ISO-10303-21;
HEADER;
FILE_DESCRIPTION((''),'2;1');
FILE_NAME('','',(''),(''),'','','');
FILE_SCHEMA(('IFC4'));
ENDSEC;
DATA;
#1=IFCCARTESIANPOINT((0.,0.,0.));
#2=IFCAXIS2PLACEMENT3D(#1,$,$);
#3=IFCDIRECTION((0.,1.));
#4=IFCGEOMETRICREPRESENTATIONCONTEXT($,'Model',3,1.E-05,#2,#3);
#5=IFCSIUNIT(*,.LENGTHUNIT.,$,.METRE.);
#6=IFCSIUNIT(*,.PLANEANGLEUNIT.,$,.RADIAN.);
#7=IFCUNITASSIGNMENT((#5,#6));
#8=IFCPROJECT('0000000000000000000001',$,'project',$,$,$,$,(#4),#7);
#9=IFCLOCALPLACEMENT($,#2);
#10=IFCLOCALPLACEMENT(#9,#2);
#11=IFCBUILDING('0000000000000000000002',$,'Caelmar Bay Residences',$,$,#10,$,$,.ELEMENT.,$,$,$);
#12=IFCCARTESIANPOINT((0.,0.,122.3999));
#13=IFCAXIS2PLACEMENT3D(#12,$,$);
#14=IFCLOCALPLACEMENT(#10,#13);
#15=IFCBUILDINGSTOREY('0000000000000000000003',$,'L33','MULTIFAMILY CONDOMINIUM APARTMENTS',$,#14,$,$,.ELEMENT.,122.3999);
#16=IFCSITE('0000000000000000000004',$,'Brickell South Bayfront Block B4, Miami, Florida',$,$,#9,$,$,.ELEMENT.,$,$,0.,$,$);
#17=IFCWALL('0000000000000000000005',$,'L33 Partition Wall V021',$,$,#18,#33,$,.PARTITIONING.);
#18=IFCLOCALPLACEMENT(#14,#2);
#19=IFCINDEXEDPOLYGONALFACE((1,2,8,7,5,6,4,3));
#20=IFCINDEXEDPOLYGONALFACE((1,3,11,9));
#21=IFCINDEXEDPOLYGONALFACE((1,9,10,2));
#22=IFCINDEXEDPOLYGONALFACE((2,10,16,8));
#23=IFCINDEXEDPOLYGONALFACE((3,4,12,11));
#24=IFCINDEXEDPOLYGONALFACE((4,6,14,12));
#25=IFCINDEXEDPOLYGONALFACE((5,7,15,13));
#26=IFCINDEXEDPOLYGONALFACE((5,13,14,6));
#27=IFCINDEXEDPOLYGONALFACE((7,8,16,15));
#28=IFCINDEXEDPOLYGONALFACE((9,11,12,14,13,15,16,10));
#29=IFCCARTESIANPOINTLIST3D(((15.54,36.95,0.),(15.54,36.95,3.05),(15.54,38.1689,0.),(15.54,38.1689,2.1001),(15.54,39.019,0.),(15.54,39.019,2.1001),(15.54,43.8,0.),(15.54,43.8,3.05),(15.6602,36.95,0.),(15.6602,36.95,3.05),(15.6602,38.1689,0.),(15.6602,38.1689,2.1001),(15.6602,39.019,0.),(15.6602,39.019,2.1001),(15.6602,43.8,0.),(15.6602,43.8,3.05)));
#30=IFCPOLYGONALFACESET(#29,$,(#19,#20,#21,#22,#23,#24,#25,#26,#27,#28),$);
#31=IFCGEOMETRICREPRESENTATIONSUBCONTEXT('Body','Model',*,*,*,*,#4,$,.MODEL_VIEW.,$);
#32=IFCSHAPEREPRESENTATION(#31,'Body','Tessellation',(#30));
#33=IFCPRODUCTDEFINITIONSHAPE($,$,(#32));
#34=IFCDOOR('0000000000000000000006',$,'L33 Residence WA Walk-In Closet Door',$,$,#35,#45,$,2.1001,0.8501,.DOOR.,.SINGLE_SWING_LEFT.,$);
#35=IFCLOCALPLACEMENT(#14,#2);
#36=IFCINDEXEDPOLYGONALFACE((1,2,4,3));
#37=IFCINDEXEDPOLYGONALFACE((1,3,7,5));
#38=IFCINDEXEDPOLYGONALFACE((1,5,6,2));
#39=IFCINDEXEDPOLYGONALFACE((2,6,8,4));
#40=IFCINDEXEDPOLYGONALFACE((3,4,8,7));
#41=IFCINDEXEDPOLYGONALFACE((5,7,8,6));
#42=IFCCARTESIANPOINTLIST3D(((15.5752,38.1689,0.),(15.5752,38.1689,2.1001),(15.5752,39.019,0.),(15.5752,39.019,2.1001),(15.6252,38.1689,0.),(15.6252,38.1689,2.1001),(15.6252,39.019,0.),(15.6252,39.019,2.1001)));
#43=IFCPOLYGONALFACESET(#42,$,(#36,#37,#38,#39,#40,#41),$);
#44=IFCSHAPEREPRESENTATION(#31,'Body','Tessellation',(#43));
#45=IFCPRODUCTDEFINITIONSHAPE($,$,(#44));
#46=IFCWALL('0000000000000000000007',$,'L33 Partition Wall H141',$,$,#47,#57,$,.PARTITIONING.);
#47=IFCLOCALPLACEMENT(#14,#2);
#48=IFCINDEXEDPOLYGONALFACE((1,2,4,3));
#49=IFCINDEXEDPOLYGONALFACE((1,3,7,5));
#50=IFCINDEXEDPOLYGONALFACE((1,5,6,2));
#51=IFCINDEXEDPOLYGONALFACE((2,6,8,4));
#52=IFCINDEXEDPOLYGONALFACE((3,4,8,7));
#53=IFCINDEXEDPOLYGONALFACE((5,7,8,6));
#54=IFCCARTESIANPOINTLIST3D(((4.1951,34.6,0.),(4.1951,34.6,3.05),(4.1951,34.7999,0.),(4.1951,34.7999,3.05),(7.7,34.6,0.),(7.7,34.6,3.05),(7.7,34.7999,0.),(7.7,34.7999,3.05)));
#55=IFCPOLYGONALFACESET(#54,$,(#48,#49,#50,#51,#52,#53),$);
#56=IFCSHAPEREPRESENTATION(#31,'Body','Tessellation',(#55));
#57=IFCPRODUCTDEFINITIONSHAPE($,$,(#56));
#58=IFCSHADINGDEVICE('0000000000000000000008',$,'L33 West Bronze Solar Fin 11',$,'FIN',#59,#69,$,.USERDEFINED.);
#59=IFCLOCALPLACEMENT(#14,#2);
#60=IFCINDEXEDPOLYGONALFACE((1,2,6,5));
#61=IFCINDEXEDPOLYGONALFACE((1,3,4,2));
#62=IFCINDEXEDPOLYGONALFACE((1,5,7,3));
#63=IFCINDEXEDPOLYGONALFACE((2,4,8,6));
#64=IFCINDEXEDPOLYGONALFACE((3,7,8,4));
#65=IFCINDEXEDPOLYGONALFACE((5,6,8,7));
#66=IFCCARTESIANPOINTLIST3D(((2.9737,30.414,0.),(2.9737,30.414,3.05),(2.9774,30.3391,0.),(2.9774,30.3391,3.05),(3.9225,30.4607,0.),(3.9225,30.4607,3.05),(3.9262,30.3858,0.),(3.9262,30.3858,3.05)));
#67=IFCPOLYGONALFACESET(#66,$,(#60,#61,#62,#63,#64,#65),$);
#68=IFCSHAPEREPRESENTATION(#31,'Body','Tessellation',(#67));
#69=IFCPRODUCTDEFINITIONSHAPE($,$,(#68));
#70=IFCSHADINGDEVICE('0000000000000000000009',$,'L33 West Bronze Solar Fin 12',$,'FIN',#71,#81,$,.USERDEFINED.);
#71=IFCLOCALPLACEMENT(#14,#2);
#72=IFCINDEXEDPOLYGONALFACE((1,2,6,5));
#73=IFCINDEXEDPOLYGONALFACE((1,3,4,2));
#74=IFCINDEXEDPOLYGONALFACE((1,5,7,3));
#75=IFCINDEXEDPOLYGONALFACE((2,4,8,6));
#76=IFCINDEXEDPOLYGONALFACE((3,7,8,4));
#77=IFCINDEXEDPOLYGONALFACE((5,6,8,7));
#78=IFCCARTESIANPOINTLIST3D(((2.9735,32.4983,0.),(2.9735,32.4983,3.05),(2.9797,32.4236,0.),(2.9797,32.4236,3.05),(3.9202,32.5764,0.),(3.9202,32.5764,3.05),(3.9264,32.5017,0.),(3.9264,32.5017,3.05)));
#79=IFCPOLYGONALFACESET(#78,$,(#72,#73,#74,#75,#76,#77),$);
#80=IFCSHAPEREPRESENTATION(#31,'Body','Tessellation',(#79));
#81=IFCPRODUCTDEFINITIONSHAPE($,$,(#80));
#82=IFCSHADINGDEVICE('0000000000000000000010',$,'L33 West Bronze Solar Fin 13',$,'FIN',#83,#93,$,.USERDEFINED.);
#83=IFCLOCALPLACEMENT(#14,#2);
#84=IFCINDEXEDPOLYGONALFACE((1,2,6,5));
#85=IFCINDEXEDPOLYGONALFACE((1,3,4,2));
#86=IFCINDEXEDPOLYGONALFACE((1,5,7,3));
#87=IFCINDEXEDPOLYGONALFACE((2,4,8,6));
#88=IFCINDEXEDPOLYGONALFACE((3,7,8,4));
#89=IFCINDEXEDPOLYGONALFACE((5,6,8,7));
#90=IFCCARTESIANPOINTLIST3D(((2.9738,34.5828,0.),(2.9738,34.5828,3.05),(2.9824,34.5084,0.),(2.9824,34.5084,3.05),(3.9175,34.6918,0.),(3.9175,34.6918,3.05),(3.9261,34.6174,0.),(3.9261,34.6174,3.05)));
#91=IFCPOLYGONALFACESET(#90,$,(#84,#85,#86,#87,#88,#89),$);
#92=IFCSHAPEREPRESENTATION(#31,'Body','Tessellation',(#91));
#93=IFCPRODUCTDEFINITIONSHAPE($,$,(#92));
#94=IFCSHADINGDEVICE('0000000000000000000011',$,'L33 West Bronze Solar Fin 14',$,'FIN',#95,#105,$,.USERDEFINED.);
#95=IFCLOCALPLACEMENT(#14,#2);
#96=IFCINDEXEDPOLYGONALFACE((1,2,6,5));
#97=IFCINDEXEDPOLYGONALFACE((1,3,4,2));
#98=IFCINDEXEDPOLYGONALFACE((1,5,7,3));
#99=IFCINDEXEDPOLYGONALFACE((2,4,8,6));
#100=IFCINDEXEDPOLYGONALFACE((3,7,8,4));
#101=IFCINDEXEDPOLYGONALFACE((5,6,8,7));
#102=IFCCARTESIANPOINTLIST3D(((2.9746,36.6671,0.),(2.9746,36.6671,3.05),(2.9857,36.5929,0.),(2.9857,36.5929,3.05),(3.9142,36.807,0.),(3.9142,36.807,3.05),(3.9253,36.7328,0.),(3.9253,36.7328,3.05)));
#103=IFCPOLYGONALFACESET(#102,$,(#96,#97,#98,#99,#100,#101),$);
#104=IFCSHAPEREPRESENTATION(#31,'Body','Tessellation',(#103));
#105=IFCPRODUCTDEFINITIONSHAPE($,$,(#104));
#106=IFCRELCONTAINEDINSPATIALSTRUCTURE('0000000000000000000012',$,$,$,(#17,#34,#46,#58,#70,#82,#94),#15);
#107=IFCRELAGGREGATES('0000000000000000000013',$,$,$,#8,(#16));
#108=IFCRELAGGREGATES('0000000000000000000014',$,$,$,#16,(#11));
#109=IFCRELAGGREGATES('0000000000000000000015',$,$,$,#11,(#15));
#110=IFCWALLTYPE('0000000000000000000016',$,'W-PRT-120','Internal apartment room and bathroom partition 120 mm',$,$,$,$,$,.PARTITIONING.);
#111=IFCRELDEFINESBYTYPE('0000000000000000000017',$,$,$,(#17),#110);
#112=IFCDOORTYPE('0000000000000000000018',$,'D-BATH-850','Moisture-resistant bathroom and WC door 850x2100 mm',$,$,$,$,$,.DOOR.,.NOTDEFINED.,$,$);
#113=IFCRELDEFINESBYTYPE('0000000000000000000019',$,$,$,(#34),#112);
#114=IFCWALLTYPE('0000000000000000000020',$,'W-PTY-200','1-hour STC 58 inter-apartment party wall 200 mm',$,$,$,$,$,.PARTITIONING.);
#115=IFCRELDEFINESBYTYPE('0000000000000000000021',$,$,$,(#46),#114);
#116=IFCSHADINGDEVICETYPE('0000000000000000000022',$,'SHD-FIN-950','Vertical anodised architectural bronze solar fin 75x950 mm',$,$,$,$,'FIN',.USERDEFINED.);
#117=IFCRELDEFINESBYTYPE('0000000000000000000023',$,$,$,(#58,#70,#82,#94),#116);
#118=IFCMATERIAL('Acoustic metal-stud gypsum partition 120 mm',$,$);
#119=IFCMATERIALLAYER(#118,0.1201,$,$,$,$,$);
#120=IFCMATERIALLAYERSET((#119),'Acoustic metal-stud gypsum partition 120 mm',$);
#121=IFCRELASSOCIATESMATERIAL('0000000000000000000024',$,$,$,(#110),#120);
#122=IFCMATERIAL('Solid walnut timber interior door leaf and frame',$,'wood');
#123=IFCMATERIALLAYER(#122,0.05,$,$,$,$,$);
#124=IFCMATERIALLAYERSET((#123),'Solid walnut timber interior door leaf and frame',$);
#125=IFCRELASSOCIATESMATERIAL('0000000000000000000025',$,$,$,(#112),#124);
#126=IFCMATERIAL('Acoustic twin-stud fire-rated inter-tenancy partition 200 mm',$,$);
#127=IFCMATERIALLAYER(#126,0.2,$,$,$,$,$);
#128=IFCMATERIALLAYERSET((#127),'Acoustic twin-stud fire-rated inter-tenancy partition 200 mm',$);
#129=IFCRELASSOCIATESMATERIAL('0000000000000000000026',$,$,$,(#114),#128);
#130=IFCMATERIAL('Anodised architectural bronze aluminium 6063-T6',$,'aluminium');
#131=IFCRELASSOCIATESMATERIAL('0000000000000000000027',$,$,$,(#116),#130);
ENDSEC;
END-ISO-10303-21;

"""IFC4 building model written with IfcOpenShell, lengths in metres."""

from ifc_helpers import new_model, si_unit, direction, frame, frame_2d, origin, origin_2d, place, context, subcontext, project, spatial, rectangle, extrude, material, layer, layer_set, material_profile, profile_set, type_object, element, fill, save


model = new_model("IFC4")

# Units and contexts
model_context = context("Model", 3, precision=1e-05, world=origin(), true_north=direction((0.0, 1.0)))
body_context = subcontext(model_context, "Body", "Model", "MODEL_VIEW")
ifc_project = project(units=[si_unit("LENGTHUNIT", "METRE"), si_unit("PLANEANGLEUNIT", "RADIAN")], contexts=[model_context])

# Site, building, storey
site_placement = place(None, origin())
site = spatial("IfcSite", under=ifc_project, at=site_placement, Name="Brickell South Bayfront Block B4, Miami, Florida", CompositionType="ELEMENT", RefElevation=0.0)
building_placement = place(site_placement, origin())
building = spatial("IfcBuilding", under=site, at=building_placement, Name="Caelmar Bay Residences", CompositionType="ELEMENT")
storey_placement = place(building_placement, frame((0.0, 0.0, 122.3999)))
storey = spatial("IfcBuildingStorey", under=building, at=storey_placement, Name="L33", Description="MULTIFAMILY CONDOMINIUM APARTMENTS", CompositionType="ELEMENT", Elevation=122.3999)

# Wall, opening, door
ifc_material_1 = material(Name="Acoustic metal-stud gypsum partition 120 mm")
ifc_layer_1 = layer(ifc_material_1, 0.1201)
ifc_layer_set_1 = layer_set([ifc_layer_1], Name="Acoustic metal-stud gypsum partition 120 mm")
wall_type_1 = type_object("IfcWallType", Name="W-PRT-120", Description="Internal apartment room and bathroom partition 120 mm", PredefinedType="PARTITIONING", material=ifc_layer_set_1)
ifc_material_2 = material(Name="Solid walnut timber interior door leaf and frame", Category="wood")
wall_1_placement = place(storey_placement, frame((15.6001, 36.95, 0.0), z_axis=(0.0, 0.0, 1.0), x_axis=(0.0, 1.0, 0.0)))
wall_1 = element("IfcWall", 1, at=wall_1_placement, inside=storey, type_object=wall_type_1, Name="L33 Partition Wall V021", PredefinedType="PARTITIONING", context=body_context, shape_type="SweptSolid", body=[
    extrude(rectangle(XDim=6.8501, YDim=0.1201, at=frame_2d((3.425, 0.0))), origin(), (0.0, 0.0, 1.0), 3.05),
])
opening_1_placement = place(wall_1_placement, frame((1.219, 0.0, 0.0)))
opening_1 = element("IfcOpeningElement", 2, at=opening_1_placement, cuts=wall_1, PredefinedType="OPENING", context=body_context, shape_type="SweptSolid", body=[
    extrude(rectangle(XDim=0.8501, YDim=2.1001, at=frame_2d((0.425, 1.05))), frame((0.0, 0.0701, 0.0), z_axis=(0.0, -1.0, 0.0), x_axis=(1.0, 0.0, 0.0)), (0.0, 0.0, 1.0), 0.1401),
])
ifc_layer_2 = layer(ifc_material_2, 0.05)
ifc_layer_set_2 = layer_set([ifc_layer_2], Name="Solid walnut timber interior door leaf and frame")
door_type_1 = type_object("IfcDoorType", Name="D-BATH-850", Description="Moisture-resistant bathroom and WC door 850x2100 mm", OperationType="NOTDEFINED", PredefinedType="DOOR", material=ifc_layer_set_2)
door_1_placement = place(opening_1_placement, origin())
door_1 = element("IfcDoor", 3, at=door_1_placement, inside=storey, type_object=door_type_1, Name="L33 Residence WA Walk-In Closet Door", OperationType="SINGLE_SWING_LEFT", OverallHeight=2.1001, OverallWidth=0.8501, PredefinedType="DOOR", context=body_context, shape_type="SweptSolid", body=[
    extrude(rectangle(XDim=0.8501, YDim=2.1001, at=frame_2d((0.425, 1.05))), frame((0.0, 0.0249, 0.0), z_axis=(0.0, -1.0, 0.0), x_axis=(1.0, 0.0, 0.0)), (0.0, 0.0, 1.0), 0.05),
])
fill(opening_1, door_1)

# Wall
ifc_material_3 = material(Name="Acoustic twin-stud fire-rated inter-tenancy partition 200 mm")
ifc_layer_3 = layer(ifc_material_3, 0.2)
ifc_layer_set_3 = layer_set([ifc_layer_3], Name="Acoustic twin-stud fire-rated inter-tenancy partition 200 mm")
wall_type_2 = type_object("IfcWallType", Name="W-PTY-200", Description="1-hour STC 58 inter-apartment party wall 200 mm", PredefinedType="PARTITIONING", material=ifc_layer_set_3)
wall_2_placement = place(storey_placement, frame((4.1951, 34.7, 0.0), z_axis=(0.0, 0.0, 1.0), x_axis=(1.0, 0.0, 0.0)))
element("IfcWall", 4, at=wall_2_placement, inside=storey, type_object=wall_type_2, Name="L33 Partition Wall H141", PredefinedType="PARTITIONING", context=body_context, shape_type="SweptSolid", body=[
    extrude(rectangle(XDim=3.5049, YDim=0.2, at=frame_2d((1.7524, 0.0))), origin(), (0.0, 0.0, 1.0), 3.05),
])

# Shading devices
ifc_material_4 = material(Name="Anodised architectural bronze aluminium 6063-T6", Category="aluminium")
ifc_material_profile_1 = material_profile(ifc_material_4, rectangle(XDim=0.075, YDim=0.95, at=origin_2d()), Name="BRONZE-FIN-75X950")
ifc_profile_set_1 = profile_set([ifc_material_profile_1], Name="Anodised architectural bronze aluminium 6063-T6")
shading_device_type = type_object("IfcShadingDeviceType", Name="SHD-FIN-950", Description="Vertical anodised architectural bronze solar fin 75x950 mm", ElementType="FIN", PredefinedType="USERDEFINED", material=ifc_profile_set_1)
for number, where, z_axis, x_axis, name in (
    (5, (3.45, 30.3999, 0.0), (0.0, 0.0, 1.0), (-0.049198, 0.998789, 0.0), "L33 West Bronze Solar Fin 11"),
    (6, (3.45, 32.5, 0.0), (0.0, 0.0, 1.0), (-0.082112, 0.996623, 0.0), "L33 West Bronze Solar Fin 12"),
    (7, (3.45, 34.6001, 0.0), (0.0, 0.0, 1.0), (-0.114764, 0.993393, 0.0), "L33 West Bronze Solar Fin 13"),
    (8, (3.45, 36.7, 0.0), (0.0, 0.0, 1.0), (-0.147292, 0.989093, 0.0), "L33 West Bronze Solar Fin 14"),
):
    element("IfcShadingDevice", number, at=place(storey_placement, frame(where, z_axis=z_axis, x_axis=x_axis)), inside=storey, type_object=shading_device_type, Name=name, ObjectType="FIN", PredefinedType="USERDEFINED", context=body_context, shape_type="SweptSolid", body=[
        extrude(rectangle(XDim=0.075, YDim=0.95, at=origin_2d()), origin(), (0.0, 0.0, 1.0), 3.05),
    ])

save(model, "model.ifc")
